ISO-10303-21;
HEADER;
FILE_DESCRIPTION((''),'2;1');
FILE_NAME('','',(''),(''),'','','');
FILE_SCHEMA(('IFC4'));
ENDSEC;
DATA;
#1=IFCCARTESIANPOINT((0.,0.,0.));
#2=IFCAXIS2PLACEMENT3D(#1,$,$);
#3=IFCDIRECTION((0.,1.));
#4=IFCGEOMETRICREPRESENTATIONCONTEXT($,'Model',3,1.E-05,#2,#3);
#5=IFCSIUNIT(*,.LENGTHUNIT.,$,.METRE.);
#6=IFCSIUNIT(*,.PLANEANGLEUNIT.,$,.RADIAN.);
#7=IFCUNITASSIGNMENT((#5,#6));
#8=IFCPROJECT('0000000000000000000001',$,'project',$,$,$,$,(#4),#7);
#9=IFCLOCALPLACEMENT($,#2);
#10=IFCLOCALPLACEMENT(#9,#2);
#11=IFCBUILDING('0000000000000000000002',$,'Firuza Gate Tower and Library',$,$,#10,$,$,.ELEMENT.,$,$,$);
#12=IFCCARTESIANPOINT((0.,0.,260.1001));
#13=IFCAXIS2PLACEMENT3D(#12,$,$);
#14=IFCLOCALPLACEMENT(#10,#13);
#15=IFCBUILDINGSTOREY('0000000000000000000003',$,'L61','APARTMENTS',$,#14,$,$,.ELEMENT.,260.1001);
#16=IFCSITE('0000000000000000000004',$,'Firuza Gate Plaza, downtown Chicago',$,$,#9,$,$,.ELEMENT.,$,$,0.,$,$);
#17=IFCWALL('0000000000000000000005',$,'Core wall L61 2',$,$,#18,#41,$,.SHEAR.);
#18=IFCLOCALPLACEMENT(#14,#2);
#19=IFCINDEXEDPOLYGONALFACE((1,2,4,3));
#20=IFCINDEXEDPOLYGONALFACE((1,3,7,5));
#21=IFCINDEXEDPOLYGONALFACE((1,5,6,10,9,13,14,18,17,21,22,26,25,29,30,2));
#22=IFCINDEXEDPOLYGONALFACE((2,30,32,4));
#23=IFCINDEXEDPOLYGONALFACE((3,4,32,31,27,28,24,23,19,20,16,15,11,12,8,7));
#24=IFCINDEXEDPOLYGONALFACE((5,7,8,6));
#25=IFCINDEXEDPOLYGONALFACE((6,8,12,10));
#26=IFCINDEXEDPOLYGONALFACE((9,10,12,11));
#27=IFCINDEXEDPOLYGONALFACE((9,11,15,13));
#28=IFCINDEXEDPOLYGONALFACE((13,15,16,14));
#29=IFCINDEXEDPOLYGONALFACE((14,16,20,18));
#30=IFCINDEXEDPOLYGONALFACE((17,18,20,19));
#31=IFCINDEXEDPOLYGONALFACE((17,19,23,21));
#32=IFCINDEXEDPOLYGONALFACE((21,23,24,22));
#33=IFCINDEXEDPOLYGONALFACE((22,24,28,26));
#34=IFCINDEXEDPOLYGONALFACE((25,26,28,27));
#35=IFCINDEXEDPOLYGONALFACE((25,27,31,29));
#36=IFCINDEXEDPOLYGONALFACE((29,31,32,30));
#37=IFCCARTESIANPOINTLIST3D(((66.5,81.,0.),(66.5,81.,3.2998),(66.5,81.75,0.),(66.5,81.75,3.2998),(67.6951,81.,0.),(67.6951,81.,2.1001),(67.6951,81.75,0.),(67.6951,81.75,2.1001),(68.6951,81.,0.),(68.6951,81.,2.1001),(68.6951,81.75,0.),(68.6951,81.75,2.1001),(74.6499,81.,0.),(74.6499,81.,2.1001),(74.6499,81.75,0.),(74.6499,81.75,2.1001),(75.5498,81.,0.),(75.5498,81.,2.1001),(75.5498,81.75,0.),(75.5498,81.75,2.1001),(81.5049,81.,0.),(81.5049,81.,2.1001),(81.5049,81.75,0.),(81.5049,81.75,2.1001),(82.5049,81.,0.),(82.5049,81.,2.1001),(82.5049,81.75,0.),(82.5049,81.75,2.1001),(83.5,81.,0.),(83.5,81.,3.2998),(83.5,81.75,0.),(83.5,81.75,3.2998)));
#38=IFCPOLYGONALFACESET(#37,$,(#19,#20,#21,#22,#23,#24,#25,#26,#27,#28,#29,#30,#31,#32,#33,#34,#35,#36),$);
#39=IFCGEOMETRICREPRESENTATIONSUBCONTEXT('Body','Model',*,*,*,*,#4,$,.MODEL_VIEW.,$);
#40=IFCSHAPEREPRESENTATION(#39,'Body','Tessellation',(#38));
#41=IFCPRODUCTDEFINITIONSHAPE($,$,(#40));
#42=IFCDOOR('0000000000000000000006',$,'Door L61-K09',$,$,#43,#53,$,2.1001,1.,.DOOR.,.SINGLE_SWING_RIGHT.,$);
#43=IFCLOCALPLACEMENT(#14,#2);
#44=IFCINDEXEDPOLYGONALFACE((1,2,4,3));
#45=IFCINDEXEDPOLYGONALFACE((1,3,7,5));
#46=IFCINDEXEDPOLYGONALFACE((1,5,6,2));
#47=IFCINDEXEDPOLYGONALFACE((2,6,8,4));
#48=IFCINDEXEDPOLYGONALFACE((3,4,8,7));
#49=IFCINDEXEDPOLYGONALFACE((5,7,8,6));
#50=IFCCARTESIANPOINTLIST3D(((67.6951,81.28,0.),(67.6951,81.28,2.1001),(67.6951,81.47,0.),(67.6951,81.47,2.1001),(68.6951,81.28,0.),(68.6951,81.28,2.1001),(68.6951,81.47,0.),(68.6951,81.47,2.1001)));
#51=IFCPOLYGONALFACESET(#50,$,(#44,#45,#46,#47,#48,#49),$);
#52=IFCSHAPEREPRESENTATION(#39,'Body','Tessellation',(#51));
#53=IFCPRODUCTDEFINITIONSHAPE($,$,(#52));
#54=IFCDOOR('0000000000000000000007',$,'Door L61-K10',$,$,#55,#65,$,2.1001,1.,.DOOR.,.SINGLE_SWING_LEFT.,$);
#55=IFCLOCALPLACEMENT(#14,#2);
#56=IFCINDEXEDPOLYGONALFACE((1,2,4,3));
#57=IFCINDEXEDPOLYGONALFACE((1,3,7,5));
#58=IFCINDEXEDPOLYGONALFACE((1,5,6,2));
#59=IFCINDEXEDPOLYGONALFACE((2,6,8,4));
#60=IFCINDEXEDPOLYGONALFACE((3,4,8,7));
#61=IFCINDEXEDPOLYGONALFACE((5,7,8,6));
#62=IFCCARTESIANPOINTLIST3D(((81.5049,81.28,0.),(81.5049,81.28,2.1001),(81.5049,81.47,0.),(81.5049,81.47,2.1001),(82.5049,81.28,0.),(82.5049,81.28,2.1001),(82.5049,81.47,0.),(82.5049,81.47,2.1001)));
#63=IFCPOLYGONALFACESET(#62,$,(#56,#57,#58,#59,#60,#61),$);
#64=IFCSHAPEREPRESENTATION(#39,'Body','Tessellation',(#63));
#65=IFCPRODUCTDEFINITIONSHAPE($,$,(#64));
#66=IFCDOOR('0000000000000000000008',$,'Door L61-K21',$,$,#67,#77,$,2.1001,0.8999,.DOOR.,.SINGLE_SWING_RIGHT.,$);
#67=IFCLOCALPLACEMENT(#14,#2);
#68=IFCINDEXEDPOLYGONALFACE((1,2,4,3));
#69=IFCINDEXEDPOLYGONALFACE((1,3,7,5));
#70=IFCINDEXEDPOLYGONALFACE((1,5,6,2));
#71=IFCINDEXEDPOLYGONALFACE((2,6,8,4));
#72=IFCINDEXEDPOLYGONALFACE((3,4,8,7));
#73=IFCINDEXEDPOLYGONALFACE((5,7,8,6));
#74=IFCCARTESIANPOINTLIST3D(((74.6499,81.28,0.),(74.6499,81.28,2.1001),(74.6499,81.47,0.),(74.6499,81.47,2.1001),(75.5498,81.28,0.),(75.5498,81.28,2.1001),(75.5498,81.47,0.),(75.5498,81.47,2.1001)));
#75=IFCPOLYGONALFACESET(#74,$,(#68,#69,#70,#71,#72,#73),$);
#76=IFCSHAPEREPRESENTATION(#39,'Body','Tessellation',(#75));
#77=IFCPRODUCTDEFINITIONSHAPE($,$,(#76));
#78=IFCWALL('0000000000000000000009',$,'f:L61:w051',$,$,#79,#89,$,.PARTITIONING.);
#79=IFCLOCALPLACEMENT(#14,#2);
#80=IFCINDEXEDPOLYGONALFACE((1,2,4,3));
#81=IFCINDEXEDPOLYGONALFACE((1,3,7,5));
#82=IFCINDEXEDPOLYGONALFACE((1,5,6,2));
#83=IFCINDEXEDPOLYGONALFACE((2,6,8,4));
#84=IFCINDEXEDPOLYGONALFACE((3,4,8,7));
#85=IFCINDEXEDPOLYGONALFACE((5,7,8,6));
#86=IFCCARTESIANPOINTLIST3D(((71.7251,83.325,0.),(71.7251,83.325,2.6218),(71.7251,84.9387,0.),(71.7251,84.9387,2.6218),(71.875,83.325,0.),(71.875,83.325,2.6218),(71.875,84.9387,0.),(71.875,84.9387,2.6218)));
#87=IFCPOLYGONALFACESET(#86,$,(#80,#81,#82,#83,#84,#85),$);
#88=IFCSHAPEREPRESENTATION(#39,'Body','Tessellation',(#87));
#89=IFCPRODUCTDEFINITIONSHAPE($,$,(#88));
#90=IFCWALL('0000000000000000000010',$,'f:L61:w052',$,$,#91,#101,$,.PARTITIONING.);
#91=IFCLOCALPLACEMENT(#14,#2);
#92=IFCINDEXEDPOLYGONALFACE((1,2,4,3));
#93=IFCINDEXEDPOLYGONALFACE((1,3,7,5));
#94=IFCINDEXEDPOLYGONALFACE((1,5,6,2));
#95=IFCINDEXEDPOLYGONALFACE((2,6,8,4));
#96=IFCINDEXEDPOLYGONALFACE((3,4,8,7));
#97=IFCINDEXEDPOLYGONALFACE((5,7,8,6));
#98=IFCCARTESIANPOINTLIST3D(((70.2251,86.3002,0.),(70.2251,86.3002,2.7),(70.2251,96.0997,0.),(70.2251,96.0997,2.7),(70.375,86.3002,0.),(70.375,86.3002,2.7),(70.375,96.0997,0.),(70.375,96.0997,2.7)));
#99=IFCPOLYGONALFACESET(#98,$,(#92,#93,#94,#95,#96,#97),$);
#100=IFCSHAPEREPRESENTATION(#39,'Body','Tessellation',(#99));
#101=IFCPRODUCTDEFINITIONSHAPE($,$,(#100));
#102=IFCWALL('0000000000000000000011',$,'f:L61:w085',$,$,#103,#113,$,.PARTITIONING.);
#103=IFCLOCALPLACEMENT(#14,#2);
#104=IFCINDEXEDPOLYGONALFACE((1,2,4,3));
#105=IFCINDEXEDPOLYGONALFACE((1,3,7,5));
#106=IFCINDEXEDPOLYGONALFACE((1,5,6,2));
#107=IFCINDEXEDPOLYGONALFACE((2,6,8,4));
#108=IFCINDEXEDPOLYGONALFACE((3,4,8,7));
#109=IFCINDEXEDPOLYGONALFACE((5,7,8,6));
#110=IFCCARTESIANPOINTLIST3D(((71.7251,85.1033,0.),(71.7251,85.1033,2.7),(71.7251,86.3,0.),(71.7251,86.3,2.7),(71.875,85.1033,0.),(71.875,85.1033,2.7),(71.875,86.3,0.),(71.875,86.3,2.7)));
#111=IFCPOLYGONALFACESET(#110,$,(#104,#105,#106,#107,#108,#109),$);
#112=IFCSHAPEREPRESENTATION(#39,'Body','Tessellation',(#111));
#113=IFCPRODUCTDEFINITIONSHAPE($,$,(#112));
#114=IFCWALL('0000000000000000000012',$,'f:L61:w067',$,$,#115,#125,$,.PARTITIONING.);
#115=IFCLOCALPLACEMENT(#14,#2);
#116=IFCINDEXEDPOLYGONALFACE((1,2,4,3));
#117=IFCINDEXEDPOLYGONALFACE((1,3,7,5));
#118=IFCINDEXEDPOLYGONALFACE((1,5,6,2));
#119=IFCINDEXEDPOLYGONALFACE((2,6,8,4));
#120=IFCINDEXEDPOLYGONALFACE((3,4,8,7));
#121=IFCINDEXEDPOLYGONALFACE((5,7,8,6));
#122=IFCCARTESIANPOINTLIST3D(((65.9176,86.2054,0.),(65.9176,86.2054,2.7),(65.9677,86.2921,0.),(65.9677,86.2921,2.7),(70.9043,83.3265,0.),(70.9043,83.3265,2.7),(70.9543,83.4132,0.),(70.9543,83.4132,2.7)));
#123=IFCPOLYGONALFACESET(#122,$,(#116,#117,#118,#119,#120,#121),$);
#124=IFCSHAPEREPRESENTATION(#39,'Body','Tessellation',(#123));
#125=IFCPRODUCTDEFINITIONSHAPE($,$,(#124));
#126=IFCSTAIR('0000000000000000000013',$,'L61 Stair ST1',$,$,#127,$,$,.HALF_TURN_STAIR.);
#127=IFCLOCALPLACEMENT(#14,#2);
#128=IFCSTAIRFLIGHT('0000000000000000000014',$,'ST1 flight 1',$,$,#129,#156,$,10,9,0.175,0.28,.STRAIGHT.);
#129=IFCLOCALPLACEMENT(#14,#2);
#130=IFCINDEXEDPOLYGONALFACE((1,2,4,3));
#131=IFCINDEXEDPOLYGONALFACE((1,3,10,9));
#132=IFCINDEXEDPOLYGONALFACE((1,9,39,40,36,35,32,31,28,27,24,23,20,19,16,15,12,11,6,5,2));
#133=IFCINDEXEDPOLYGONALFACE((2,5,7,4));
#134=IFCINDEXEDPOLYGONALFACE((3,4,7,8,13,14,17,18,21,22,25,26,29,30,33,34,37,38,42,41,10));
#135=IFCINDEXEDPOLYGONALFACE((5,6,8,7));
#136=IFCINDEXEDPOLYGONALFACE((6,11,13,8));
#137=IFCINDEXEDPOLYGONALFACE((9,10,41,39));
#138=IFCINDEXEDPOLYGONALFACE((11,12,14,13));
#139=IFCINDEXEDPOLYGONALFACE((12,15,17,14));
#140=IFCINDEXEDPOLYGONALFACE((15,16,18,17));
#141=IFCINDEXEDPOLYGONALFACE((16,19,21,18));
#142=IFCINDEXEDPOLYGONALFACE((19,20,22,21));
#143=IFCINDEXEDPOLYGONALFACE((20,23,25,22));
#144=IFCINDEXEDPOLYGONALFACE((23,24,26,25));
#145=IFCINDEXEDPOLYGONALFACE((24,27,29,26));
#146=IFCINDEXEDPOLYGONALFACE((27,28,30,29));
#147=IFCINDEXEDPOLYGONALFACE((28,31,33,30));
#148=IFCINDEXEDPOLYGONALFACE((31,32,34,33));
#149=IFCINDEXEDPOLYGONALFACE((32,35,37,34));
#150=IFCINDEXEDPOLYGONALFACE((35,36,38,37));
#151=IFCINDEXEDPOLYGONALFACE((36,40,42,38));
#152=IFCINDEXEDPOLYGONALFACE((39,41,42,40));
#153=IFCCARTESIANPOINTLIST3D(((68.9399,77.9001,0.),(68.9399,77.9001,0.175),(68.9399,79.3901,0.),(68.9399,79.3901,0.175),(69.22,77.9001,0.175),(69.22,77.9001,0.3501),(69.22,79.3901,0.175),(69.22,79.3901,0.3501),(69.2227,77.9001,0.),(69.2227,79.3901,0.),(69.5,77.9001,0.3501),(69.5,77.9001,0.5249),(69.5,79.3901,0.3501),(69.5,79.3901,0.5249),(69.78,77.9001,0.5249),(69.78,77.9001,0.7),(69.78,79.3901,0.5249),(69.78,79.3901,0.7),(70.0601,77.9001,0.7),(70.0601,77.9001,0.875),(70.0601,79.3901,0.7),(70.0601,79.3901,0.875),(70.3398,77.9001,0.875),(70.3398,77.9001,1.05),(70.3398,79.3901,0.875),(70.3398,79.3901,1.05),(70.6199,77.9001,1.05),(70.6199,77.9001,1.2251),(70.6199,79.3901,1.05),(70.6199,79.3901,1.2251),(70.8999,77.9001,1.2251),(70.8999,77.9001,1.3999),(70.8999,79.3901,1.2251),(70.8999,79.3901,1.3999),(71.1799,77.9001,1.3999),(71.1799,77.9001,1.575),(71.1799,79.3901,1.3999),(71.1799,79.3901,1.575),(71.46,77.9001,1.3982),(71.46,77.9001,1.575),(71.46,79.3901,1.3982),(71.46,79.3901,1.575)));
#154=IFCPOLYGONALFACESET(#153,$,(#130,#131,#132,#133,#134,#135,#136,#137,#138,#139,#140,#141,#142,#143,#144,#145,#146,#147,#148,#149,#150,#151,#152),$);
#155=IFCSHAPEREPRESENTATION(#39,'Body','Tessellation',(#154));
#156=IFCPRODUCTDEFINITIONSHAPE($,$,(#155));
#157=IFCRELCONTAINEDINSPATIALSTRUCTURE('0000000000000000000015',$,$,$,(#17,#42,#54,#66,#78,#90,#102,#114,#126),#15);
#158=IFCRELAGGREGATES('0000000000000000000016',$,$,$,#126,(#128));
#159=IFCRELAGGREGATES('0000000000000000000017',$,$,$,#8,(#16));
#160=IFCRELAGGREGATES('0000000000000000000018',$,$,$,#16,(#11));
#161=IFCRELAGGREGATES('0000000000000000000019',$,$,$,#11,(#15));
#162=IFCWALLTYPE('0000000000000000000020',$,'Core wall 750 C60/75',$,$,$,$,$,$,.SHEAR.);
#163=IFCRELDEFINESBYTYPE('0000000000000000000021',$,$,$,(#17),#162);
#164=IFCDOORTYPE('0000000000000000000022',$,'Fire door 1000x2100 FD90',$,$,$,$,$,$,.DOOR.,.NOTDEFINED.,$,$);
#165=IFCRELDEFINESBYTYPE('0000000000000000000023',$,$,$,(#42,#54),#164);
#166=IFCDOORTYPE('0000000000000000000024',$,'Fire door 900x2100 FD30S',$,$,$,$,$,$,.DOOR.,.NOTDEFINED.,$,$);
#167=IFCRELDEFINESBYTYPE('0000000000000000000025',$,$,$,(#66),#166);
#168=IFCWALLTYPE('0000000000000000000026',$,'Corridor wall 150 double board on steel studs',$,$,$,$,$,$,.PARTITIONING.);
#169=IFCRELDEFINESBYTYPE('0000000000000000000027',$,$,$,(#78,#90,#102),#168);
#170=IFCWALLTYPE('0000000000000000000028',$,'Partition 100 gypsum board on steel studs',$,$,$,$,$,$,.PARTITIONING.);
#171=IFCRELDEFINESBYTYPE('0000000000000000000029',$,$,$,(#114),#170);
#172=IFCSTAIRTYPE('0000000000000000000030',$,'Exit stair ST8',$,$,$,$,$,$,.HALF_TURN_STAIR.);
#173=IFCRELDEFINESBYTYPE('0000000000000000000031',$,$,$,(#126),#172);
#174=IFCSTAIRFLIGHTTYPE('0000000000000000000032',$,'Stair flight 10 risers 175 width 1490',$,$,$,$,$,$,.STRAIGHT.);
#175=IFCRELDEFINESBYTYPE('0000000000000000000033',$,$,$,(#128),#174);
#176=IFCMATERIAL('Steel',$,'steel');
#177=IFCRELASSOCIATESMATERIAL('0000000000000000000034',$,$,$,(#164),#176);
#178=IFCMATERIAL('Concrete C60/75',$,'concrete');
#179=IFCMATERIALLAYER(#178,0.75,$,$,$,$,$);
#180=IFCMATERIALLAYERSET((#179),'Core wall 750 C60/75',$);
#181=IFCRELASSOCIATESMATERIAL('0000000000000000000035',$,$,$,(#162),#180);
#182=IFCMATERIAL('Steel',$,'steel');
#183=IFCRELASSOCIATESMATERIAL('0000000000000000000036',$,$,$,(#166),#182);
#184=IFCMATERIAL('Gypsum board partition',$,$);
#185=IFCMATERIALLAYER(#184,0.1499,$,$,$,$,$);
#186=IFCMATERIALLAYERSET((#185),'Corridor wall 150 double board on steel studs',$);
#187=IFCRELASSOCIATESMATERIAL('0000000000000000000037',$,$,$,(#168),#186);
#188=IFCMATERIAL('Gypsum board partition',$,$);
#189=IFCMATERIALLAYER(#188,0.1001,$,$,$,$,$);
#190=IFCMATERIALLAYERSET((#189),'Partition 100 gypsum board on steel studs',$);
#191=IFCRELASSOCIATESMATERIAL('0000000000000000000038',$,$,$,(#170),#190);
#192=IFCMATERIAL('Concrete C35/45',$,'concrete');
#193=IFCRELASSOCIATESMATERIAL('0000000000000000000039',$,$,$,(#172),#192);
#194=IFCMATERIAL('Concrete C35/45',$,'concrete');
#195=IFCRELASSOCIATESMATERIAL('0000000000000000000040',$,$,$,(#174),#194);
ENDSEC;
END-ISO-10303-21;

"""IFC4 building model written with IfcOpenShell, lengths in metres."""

from ifc_helpers import new_model, si_unit, direction, frame, frame_2d, origin, place, context, subcontext, project, spatial, polyline, rectangle, outline, extrude, material, layer, layer_set, type_object, element, fill, aggregate, save


model = new_model("IFC4")

# Units and contexts
model_context = context("Model", 3, precision=1e-05, world=origin(), true_north=direction((0.0, 1.0)))
body_context = subcontext(model_context, "Body", "Model", "MODEL_VIEW")
ifc_project = project(units=[si_unit("LENGTHUNIT", "METRE"), si_unit("PLANEANGLEUNIT", "RADIAN")], contexts=[model_context])

# Site, building, storey
site_placement = place(None, origin())
site = spatial("IfcSite", under=ifc_project, at=site_placement, Name="Firuza Gate Plaza, downtown Chicago", CompositionType="ELEMENT", RefElevation=0.0)
building_placement = place(site_placement, origin())
building = spatial("IfcBuilding", under=site, at=building_placement, Name="Firuza Gate Tower and Library", CompositionType="ELEMENT")
storey_placement = place(building_placement, frame((0.0, 0.0, 260.1001)))
storey = spatial("IfcBuildingStorey", under=building, at=storey_placement, Name="L61", Description="APARTMENTS", CompositionType="ELEMENT", Elevation=260.1001)

# Shared definitions
ifc_material_1 = material(Name="Steel", Category="steel")
door_type_1 = type_object("IfcDoorType", Name="Fire door 1000x2100 FD90", OperationType="NOTDEFINED", PredefinedType="DOOR", material=ifc_material_1)

# Wall, openings, doors
ifc_material_2 = material(Name="Concrete C60/75", Category="concrete")
ifc_layer_1 = layer(ifc_material_2, 0.75)
ifc_layer_set_1 = layer_set([ifc_layer_1], Name="Core wall 750 C60/75")
wall_type_1 = type_object("IfcWallType", Name="Core wall 750 C60/75", PredefinedType="SHEAR", material=ifc_layer_set_1)
wall_1_placement = place(storey_placement, frame((66.5, 81.375, 0.0), z_axis=(0.0, 0.0, 1.0), x_axis=(1.0, 0.0, 0.0)))
wall_1 = element("IfcWall", 1, at=wall_1_placement, inside=storey, type_object=wall_type_1, Name="Core wall L61 2", PredefinedType="SHEAR", context=body_context, shape_type="SweptSolid", body=[
    extrude(rectangle(XDim=17.0, YDim=0.75, at=frame_2d((8.5, 0.0))), origin(), (0.0, 0.0, 1.0), 3.2998),
])
opening_1_placement = place(wall_1_placement, frame((1.1951, 0.0, 0.0)))
opening_1 = element("IfcOpeningElement", 2, at=opening_1_placement, cuts=wall_1, PredefinedType="OPENING", context=body_context, shape_type="SweptSolid", body=[
    extrude(rectangle(XDim=1.0, YDim=2.1001, at=frame_2d((0.5, 1.05))), frame((0.0, 0.385, 0.0), z_axis=(0.0, -1.0, 0.0), x_axis=(1.0, 0.0, 0.0)), (0.0, 0.0, 1.0), 0.77),
])
opening_2_placement = place(wall_1_placement, frame((15.0049, 0.0, 0.0)))
opening_2 = element("IfcOpeningElement", 3, at=opening_2_placement, cuts=wall_1, PredefinedType="OPENING", context=body_context, shape_type="SweptSolid", body=[
    extrude(rectangle(XDim=1.0, YDim=2.1001, at=frame_2d((0.5, 1.05))), frame((0.0, 0.385, 0.0), z_axis=(0.0, -1.0, 0.0), x_axis=(1.0, 0.0, 0.0)), (0.0, 0.0, 1.0), 0.77),
])
opening_3_placement = place(wall_1_placement, frame((8.1499, 0.0, 0.0)))
opening_3 = element("IfcOpeningElement", 4, at=opening_3_placement, cuts=wall_1, PredefinedType="OPENING", context=body_context, shape_type="SweptSolid", body=[
    extrude(rectangle(XDim=0.8999, YDim=2.1001, at=frame_2d((0.45, 1.05))), frame((0.0, 0.385, 0.0), z_axis=(0.0, -1.0, 0.0), x_axis=(1.0, 0.0, 0.0)), (0.0, 0.0, 1.0), 0.77),
])
door_1_placement = place(opening_1_placement, origin())
door_1 = element("IfcDoor", 5, at=door_1_placement, inside=storey, type_object=door_type_1, Name="Door L61-K09", OperationType="SINGLE_SWING_RIGHT", OverallHeight=2.1001, OverallWidth=1.0, PredefinedType="DOOR", context=body_context, shape_type="SweptSolid", body=[
    extrude(rectangle(XDim=1.0, YDim=2.1001, at=frame_2d((0.5, 1.05))), frame((0.0, 0.095, 0.0), z_axis=(0.0, -1.0, 0.0), x_axis=(1.0, 0.0, 0.0)), (0.0, 0.0, 1.0), 0.1899),
])
fill(opening_1, door_1)
door_2_placement = place(opening_2_placement, origin())
door_2 = element("IfcDoor", 6, at=door_2_placement, inside=storey, type_object=door_type_1, Name="Door L61-K10", OperationType="SINGLE_SWING_LEFT", OverallHeight=2.1001, OverallWidth=1.0, PredefinedType="DOOR", context=body_context, shape_type="SweptSolid", body=[
    extrude(rectangle(XDim=1.0, YDim=2.1001, at=frame_2d((0.5, 1.05))), frame((0.0, 0.095, 0.0), z_axis=(0.0, -1.0, 0.0), x_axis=(1.0, 0.0, 0.0)), (0.0, 0.0, 1.0), 0.1899),
])
fill(opening_2, door_2)
ifc_material_3 = material(Name="Steel", Category="steel")
door_type_2 = type_object("IfcDoorType", Name="Fire door 900x2100 FD30S", OperationType="NOTDEFINED", PredefinedType="DOOR", material=ifc_material_3)
door_3_placement = place(opening_3_placement, origin())
door_3 = element("IfcDoor", 7, at=door_3_placement, inside=storey, type_object=door_type_2, Name="Door L61-K21", OperationType="SINGLE_SWING_RIGHT", OverallHeight=2.1001, OverallWidth=0.8999, PredefinedType="DOOR", context=body_context, shape_type="SweptSolid", body=[
    extrude(rectangle(XDim=0.8999, YDim=2.1001, at=frame_2d((0.45, 1.05))), frame((0.0, 0.095, 0.0), z_axis=(0.0, -1.0, 0.0), x_axis=(1.0, 0.0, 0.0)), (0.0, 0.0, 1.0), 0.1899),
])
fill(opening_3, door_3)

# Walls
ifc_material_4 = material(Name="Gypsum board partition")
ifc_layer_2 = layer(ifc_material_4, 0.1499)
ifc_layer_set_2 = layer_set([ifc_layer_2], Name="Corridor wall 150 double board on steel studs")
wall_type_2 = type_object("IfcWallType", Name="Corridor wall 150 double board on steel studs", PredefinedType="PARTITIONING", material=ifc_layer_set_2)
wall_2_placement = place(storey_placement, frame((71.8, 83.325, 0.0), z_axis=(0.0, 0.0, 1.0), x_axis=(0.0, 1.0, 0.0)))
element("IfcWall", 8, at=wall_2_placement, inside=storey, type_object=wall_type_2, Name="f:L61:w051", PredefinedType="PARTITIONING", context=body_context, shape_type="SweptSolid", body=[
    extrude(rectangle(XDim=1.6138, YDim=0.1499, at=frame_2d((0.8069, 0.0))), origin(), (0.0, 0.0, 1.0), 2.6218),
])
wall_3_placement = place(storey_placement, frame((70.3, 86.3, 0.0), z_axis=(0.0, 0.0, 1.0), x_axis=(0.0, 1.0, 0.0)))
element("IfcWall", 9, at=wall_3_placement, inside=storey, type_object=wall_type_2, Name="f:L61:w052", PredefinedType="PARTITIONING", context=body_context, shape_type="SweptSolid", body=[
    extrude(rectangle(XDim=9.7996, YDim=0.1499, at=frame_2d((4.8999, 0.0))), origin(), (0.0, 0.0, 1.0), 2.7),
])
wall_4_placement = place(storey_placement, frame((71.8, 85.1033, 0.0), z_axis=(0.0, 0.0, 1.0), x_axis=(0.0, 1.0, 0.0)))
element("IfcWall", 10, at=wall_4_placement, inside=storey, type_object=wall_type_2, Name="f:L61:w085", PredefinedType="PARTITIONING", context=body_context, shape_type="SweptSolid", body=[
    extrude(rectangle(XDim=1.1968, YDim=0.1499, at=frame_2d((0.5984, 0.0))), origin(), (0.0, 0.0, 1.0), 2.7),
])
ifc_material_5 = material(Name="Gypsum board partition")
ifc_layer_3 = layer(ifc_material_5, 0.1001)
ifc_layer_set_3 = layer_set([ifc_layer_3], Name="Partition 100 gypsum board on steel studs")
wall_type_3 = type_object("IfcWallType", Name="Partition 100 gypsum board on steel studs", PredefinedType="PARTITIONING", material=ifc_layer_set_3)
wall_5_placement = place(storey_placement, frame((70.9292, 83.3699, 0.0), z_axis=(0.0, 0.0, 1.0), x_axis=(-0.866032, 0.499988, 0.0)))
element("IfcWall", 11, at=wall_5_placement, inside=storey, type_object=wall_type_3, Name="f:L61:w067", PredefinedType="PARTITIONING", context=body_context, shape_type="SweptSolid", body=[
    extrude(rectangle(XDim=5.7581, YDim=0.1001, at=frame_2d((2.8789, 0.0))), origin(), (0.0, 0.0, 1.0), 2.7),
])

# Stair, stair flight
ifc_material_6 = material(Name="Concrete C35/45", Category="concrete")
stair_type = type_object("IfcStairType", Name="Exit stair ST8", PredefinedType="HALF_TURN_STAIR", material=ifc_material_6)
stair_placement = place(storey_placement, origin())
stair = element("IfcStair", 12, at=stair_placement, inside=storey, type_object=stair_type, Name="L61 Stair ST1", PredefinedType="HALF_TURN_STAIR")
ifc_material_7 = material(Name="Concrete C35/45", Category="concrete")
stair_flight_type = type_object("IfcStairFlightType", Name="Stair flight 10 risers 175 width 1490", PredefinedType="STRAIGHT", material=ifc_material_7)
stair_flight_1_placement = place(storey_placement, frame((68.9399, 78.645, 0.0), z_axis=(0.0, 0.0, 1.0), x_axis=(1.0, 0.0, 0.0)))
stair_flight_1 = element("IfcStairFlight", 13, at=stair_flight_1_placement, type_object=stair_flight_type, Name="ST1 flight 1", NumberOfRisers=10, NumberOfTreads=9, PredefinedType="STRAIGHT", RiserHeight=0.175, TreadLength=0.28, context=body_context, shape_type="SweptSolid", body=[
    extrude(outline(polyline([(0.0, 0.0), (0.0, 0.175), (0.28, 0.175), (0.28, 0.3501), (0.5601, 0.3501), (0.5601, 0.5249), (0.8401, 0.5249), (0.8401, 0.7), (1.1201, 0.7), (1.1201, 0.875), (1.3999, 0.875), (1.3999, 1.05), (1.6799, 1.05), (1.6799, 1.2251), (1.96, 1.2251), (1.96, 1.3999), (2.24, 1.3999), (2.24, 1.575), (2.52, 1.575), (2.52, 1.75), (2.52, 1.3982), (0.2827, 0.0), (0.0, 0.0)])), frame((0.0, 0.7451, 0.0), z_axis=(0.0, -1.0, 0.0), x_axis=(1.0, 0.0, 0.0)), (0.0, 0.0, 1.0), 1.49),
])
aggregate(stair, [stair_flight_1])

save(model, "model.ifc")
